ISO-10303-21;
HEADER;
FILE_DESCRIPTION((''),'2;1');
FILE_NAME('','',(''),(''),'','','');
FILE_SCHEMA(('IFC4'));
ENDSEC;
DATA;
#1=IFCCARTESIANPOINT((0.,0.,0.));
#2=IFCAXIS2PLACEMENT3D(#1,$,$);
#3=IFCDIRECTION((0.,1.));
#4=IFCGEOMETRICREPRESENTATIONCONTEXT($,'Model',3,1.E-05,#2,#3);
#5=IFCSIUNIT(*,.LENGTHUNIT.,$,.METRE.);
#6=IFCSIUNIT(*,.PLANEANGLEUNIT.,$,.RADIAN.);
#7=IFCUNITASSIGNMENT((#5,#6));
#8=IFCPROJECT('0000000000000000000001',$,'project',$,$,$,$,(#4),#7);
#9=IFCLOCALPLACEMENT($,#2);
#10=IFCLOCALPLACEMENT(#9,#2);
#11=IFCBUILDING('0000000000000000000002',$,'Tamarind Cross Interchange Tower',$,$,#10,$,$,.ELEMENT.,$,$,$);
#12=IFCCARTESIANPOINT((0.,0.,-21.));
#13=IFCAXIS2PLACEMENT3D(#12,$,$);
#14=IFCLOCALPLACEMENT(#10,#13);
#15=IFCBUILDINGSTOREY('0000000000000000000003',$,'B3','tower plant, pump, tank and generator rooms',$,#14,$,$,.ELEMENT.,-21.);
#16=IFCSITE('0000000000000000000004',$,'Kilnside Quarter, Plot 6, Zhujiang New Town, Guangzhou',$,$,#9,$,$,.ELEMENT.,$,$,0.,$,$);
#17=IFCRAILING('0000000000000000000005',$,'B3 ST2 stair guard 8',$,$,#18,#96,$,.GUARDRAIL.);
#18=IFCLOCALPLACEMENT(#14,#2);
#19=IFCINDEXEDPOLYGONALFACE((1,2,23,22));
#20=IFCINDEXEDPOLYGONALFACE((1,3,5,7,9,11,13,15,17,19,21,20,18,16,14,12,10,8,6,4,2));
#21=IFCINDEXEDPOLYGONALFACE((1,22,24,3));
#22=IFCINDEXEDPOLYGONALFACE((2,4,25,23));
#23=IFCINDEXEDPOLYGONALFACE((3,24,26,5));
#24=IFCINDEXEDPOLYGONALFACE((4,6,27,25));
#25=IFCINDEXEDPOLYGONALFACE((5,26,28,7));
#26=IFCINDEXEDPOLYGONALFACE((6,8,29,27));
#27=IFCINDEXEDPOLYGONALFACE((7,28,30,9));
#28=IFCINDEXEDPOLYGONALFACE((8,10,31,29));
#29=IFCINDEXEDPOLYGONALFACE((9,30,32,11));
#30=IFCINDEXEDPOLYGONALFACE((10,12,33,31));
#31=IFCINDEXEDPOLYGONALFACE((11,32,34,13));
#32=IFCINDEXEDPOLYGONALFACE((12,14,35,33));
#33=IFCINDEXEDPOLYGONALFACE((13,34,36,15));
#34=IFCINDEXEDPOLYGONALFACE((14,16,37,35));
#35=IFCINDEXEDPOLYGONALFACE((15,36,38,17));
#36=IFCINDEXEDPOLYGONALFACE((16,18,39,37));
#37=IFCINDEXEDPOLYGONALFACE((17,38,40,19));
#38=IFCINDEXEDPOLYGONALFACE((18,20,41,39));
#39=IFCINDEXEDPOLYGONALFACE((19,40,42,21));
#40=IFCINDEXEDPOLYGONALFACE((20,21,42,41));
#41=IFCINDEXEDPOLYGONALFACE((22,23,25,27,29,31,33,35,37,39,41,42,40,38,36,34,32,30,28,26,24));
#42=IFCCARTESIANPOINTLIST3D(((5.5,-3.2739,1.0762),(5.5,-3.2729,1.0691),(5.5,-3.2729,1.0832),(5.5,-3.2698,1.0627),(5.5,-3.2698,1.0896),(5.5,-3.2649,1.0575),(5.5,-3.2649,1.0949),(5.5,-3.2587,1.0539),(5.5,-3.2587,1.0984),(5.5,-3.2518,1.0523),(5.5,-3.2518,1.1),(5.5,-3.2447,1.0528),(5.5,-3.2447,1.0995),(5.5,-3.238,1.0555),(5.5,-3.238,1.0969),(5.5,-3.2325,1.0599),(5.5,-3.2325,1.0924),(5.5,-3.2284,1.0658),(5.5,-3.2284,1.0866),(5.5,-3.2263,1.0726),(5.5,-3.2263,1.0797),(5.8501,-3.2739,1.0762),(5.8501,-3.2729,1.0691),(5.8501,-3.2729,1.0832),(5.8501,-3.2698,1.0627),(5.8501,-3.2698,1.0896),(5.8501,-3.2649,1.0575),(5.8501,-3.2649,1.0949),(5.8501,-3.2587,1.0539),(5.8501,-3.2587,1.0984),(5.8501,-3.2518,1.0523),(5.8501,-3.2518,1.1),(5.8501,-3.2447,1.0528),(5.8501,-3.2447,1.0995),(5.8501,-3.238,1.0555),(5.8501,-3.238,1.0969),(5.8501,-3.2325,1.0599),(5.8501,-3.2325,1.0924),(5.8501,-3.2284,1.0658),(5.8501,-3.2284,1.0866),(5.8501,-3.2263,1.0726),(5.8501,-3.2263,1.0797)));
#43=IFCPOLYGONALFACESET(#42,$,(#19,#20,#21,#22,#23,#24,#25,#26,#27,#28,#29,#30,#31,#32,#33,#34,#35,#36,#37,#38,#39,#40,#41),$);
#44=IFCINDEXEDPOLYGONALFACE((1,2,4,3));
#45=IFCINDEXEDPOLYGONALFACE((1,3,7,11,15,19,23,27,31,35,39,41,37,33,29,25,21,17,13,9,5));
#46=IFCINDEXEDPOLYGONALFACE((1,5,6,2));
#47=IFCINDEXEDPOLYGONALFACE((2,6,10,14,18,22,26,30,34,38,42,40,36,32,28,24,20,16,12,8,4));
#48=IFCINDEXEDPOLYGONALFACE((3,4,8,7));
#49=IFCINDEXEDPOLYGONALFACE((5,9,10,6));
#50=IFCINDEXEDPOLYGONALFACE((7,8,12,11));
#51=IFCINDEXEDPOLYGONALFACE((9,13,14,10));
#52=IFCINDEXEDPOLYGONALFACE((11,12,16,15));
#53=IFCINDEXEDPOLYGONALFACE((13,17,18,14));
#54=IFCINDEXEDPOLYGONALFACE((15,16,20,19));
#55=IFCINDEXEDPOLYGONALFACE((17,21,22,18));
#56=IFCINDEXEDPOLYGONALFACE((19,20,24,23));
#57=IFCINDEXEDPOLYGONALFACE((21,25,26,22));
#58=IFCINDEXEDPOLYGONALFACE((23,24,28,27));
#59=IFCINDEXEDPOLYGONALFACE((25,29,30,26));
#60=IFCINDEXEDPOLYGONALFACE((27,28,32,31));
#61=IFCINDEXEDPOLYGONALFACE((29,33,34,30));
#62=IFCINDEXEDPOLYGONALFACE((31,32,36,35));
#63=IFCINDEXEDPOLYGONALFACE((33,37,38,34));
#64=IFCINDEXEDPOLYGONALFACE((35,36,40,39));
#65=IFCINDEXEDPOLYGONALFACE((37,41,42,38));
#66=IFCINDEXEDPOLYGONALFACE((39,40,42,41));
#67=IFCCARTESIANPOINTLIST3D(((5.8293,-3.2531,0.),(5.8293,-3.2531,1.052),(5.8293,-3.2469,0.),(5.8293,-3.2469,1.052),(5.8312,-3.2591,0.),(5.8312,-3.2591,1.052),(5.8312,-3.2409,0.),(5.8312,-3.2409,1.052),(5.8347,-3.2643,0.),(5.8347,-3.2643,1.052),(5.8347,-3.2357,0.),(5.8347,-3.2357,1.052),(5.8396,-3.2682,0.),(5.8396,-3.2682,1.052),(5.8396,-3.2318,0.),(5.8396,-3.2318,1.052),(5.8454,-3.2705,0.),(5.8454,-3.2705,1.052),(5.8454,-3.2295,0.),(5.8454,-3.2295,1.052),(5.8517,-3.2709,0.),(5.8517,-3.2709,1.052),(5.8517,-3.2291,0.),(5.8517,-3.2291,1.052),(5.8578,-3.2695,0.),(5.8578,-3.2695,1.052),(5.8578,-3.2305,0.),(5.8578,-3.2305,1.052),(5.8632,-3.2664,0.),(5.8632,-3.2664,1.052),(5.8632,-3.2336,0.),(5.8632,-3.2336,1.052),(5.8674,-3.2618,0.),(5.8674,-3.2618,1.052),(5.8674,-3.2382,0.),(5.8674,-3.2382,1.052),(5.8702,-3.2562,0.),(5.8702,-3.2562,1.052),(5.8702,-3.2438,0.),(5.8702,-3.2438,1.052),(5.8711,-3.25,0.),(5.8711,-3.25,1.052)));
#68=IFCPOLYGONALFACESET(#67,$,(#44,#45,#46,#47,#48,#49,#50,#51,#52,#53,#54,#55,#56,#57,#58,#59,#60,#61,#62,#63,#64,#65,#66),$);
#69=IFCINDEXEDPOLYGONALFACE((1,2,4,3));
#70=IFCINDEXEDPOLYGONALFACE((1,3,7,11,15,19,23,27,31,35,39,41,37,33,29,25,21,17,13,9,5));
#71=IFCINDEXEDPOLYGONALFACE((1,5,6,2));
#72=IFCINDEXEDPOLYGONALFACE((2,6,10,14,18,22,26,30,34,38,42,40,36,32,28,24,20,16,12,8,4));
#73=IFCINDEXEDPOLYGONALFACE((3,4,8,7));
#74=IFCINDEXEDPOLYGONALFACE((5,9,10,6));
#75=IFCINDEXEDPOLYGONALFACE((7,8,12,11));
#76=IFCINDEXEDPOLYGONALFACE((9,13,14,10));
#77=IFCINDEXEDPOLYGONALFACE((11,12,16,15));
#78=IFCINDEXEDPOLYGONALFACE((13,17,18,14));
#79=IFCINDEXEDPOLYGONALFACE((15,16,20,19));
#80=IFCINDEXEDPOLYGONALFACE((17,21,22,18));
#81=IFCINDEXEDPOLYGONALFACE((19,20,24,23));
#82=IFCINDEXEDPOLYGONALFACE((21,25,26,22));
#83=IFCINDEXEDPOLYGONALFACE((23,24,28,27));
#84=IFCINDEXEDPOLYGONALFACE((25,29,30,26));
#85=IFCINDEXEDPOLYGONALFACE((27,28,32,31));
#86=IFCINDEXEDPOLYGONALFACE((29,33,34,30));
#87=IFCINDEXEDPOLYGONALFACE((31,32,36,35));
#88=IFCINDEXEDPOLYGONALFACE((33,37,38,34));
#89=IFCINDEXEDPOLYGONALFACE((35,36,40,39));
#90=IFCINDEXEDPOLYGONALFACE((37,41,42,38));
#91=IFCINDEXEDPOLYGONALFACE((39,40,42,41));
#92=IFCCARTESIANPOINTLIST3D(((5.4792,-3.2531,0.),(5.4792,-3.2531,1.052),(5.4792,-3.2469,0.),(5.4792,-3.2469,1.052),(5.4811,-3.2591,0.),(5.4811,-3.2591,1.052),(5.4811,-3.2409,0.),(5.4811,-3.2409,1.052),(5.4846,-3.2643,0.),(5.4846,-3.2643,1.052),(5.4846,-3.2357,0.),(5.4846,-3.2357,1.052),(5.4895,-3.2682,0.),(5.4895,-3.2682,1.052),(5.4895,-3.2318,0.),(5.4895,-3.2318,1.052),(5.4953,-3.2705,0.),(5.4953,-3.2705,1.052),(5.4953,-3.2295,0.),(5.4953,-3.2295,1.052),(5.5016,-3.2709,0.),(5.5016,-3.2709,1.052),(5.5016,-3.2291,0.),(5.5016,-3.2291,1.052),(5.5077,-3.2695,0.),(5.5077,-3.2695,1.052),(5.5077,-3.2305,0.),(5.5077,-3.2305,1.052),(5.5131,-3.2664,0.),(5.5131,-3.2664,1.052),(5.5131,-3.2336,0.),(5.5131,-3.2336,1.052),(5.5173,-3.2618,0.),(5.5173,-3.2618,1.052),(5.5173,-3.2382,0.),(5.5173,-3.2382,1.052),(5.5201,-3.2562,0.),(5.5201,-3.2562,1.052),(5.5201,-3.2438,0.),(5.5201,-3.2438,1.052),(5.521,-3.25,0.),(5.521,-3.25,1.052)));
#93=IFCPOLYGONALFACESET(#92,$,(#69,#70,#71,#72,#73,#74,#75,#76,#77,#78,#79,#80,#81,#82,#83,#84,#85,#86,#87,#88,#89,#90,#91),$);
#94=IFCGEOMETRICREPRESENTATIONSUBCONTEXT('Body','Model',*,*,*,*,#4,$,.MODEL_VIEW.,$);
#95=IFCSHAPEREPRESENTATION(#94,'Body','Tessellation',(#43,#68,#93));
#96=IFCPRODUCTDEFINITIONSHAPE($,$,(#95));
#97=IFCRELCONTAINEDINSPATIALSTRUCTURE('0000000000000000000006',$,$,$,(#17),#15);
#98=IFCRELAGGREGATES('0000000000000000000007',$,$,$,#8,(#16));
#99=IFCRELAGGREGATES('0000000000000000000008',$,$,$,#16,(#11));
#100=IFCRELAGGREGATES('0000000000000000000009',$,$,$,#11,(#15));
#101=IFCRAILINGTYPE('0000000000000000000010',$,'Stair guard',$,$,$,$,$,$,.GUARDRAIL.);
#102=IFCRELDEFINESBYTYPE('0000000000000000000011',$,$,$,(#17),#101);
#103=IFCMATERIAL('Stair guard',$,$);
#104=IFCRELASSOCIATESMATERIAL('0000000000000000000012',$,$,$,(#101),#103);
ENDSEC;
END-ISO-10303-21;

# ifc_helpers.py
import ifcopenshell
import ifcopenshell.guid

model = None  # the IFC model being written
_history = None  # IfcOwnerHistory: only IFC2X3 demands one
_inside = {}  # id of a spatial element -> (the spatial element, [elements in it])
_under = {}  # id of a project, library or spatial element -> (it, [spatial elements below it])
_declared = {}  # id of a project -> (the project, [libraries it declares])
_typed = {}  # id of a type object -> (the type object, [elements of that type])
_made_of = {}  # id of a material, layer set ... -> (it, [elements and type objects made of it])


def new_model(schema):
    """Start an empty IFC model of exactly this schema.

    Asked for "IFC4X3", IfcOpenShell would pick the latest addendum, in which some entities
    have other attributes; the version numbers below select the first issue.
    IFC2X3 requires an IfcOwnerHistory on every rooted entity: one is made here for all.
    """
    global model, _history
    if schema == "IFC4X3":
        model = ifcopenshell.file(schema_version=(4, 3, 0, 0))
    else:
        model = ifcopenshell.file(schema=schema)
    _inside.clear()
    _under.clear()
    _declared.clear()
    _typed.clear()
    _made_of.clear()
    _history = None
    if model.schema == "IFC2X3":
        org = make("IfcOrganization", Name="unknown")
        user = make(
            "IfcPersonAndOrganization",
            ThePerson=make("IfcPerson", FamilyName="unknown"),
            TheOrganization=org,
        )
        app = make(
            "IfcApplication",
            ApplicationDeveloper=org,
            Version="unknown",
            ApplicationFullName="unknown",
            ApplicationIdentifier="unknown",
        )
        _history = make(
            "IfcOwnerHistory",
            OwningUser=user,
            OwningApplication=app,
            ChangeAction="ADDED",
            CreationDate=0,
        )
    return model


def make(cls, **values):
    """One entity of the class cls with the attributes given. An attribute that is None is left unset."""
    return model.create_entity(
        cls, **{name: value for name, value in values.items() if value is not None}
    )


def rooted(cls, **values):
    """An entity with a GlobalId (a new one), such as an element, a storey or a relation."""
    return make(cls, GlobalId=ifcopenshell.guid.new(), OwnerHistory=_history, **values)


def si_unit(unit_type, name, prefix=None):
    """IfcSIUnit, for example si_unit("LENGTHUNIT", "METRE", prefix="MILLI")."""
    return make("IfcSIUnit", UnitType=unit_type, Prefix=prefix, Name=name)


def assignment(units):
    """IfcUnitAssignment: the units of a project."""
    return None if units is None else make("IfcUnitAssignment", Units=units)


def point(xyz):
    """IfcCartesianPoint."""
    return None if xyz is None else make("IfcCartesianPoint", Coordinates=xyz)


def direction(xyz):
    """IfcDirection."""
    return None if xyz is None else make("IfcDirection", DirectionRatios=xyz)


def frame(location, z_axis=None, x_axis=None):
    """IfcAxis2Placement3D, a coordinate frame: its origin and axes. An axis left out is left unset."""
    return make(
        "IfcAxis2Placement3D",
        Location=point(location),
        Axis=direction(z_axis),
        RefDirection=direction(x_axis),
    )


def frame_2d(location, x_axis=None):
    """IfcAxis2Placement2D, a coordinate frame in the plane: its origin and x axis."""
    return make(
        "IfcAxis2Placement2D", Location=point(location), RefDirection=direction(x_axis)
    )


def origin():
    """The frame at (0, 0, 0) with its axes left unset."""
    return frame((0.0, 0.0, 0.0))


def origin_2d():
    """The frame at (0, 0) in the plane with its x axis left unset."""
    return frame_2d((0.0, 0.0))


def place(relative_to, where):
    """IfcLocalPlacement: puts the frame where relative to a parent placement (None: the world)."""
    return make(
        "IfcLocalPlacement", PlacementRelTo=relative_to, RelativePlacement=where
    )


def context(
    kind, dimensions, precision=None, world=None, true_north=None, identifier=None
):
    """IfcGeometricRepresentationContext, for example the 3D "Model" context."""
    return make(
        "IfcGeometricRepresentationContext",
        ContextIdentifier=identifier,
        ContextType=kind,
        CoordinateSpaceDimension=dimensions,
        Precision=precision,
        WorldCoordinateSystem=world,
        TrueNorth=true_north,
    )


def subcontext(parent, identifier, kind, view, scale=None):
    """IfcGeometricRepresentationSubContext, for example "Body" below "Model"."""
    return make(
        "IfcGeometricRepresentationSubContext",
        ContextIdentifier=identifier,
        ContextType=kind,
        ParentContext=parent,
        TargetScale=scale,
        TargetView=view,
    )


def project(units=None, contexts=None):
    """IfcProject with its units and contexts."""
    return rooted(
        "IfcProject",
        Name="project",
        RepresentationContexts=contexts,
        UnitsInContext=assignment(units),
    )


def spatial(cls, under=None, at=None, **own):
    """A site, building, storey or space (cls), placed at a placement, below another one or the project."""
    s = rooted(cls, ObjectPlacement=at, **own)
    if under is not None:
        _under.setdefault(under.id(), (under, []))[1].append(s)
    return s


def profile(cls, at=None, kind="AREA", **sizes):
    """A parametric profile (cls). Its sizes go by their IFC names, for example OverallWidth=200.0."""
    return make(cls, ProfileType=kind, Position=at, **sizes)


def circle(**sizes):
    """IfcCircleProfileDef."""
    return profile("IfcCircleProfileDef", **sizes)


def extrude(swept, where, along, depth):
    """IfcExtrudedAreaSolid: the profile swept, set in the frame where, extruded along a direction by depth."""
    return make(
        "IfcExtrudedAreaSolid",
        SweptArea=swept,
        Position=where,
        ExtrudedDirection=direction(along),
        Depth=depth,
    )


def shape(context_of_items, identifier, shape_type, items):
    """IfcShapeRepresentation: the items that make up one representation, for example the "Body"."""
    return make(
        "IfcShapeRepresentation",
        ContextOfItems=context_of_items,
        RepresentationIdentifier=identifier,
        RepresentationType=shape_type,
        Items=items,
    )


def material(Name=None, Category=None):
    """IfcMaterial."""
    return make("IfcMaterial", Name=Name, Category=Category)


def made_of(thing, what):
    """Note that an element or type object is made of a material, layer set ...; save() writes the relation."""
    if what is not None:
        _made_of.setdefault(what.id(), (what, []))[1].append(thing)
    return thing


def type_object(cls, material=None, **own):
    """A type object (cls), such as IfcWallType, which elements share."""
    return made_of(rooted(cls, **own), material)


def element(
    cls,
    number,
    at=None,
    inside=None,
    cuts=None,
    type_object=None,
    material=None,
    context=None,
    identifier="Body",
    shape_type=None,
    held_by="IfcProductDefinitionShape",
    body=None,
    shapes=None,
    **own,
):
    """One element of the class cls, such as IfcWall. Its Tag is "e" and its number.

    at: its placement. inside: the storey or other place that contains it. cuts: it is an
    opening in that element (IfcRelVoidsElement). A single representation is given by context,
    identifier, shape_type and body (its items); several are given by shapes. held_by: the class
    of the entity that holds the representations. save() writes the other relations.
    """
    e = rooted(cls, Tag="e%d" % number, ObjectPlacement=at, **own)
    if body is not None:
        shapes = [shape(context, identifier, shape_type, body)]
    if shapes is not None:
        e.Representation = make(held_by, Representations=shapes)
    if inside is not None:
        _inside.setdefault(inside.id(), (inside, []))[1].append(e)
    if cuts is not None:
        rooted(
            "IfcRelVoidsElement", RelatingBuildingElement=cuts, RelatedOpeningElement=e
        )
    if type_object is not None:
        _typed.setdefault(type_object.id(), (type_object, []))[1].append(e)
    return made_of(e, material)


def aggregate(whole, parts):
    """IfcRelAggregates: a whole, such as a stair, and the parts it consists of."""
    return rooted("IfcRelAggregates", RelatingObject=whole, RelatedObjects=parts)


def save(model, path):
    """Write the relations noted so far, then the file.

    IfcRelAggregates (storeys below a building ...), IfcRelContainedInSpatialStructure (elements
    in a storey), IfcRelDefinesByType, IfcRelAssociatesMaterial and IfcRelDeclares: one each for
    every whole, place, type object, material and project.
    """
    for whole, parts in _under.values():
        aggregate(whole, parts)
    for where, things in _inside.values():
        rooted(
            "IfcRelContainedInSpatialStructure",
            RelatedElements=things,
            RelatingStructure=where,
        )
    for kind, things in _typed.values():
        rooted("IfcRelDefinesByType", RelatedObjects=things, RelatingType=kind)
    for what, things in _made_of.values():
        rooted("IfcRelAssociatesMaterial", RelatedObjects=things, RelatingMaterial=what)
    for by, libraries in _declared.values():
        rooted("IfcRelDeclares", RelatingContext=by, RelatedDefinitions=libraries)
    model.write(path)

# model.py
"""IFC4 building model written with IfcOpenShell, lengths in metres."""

from ifc_helpers import new_model, si_unit, direction, frame, origin, origin_2d, place, context, subcontext, project, spatial, circle, extrude, material, type_object, element, save


model = new_model("IFC4")

# Units and contexts
model_context = context("Model", 3, precision=1e-05, world=origin(), true_north=direction((0.0, 1.0)))
body_context = subcontext(model_context, "Body", "Model", "MODEL_VIEW")
ifc_project = project(units=[si_unit("LENGTHUNIT", "METRE"), si_unit("PLANEANGLEUNIT", "RADIAN")], contexts=[model_context])

# Site, building, storey
site_placement = place(None, origin())
site = spatial("IfcSite", under=ifc_project, at=site_placement, Name="Kilnside Quarter, Plot 6, Zhujiang New Town, Guangzhou", CompositionType="ELEMENT", RefElevation=0.0)
building_placement = place(site_placement, origin())
building = spatial("IfcBuilding", under=site, at=building_placement, Name="Tamarind Cross Interchange Tower", CompositionType="ELEMENT")
storey_placement = place(building_placement, frame((0.0, 0.0, -21.0)))
storey = spatial("IfcBuildingStorey", under=building, at=storey_placement, Name="B3", Description="tower plant, pump, tank and generator rooms", CompositionType="ELEMENT", Elevation=-21.0)

# Railing
ifc_material_1 = material(Name="Stair guard")
railing_type_1 = type_object("IfcRailingType", Name="Stair guard", PredefinedType="GUARDRAIL", material=ifc_material_1)
railing_1_placement = place(storey_placement, frame((5.8501, -3.25, 0.0)))
element("IfcRailing", 1, at=railing_1_placement, inside=storey, type_object=railing_type_1, Name="B3 ST2 stair guard 8", PredefinedType="GUARDRAIL", context=body_context, shape_type="SweptSolid", body=[
    extrude(circle(Radius=0.0239, at=origin_2d()), frame((0.0, 0.0, 1.0762), z_axis=(-1.0, 0.0, 0.0), x_axis=(0.0, -1.0, 0.0)), (0.0, 0.0, 1.0), 0.3501),
    extrude(circle(Radius=0.021, at=origin_2d()), origin(), (0.0, 0.0, 1.0), 1.052),
    extrude(circle(Radius=0.021, at=origin_2d()), frame((-0.3501, 0.0, 0.0)), (0.0, 0.0, 1.0), 1.052),
])

save(model, "model.ifc")
